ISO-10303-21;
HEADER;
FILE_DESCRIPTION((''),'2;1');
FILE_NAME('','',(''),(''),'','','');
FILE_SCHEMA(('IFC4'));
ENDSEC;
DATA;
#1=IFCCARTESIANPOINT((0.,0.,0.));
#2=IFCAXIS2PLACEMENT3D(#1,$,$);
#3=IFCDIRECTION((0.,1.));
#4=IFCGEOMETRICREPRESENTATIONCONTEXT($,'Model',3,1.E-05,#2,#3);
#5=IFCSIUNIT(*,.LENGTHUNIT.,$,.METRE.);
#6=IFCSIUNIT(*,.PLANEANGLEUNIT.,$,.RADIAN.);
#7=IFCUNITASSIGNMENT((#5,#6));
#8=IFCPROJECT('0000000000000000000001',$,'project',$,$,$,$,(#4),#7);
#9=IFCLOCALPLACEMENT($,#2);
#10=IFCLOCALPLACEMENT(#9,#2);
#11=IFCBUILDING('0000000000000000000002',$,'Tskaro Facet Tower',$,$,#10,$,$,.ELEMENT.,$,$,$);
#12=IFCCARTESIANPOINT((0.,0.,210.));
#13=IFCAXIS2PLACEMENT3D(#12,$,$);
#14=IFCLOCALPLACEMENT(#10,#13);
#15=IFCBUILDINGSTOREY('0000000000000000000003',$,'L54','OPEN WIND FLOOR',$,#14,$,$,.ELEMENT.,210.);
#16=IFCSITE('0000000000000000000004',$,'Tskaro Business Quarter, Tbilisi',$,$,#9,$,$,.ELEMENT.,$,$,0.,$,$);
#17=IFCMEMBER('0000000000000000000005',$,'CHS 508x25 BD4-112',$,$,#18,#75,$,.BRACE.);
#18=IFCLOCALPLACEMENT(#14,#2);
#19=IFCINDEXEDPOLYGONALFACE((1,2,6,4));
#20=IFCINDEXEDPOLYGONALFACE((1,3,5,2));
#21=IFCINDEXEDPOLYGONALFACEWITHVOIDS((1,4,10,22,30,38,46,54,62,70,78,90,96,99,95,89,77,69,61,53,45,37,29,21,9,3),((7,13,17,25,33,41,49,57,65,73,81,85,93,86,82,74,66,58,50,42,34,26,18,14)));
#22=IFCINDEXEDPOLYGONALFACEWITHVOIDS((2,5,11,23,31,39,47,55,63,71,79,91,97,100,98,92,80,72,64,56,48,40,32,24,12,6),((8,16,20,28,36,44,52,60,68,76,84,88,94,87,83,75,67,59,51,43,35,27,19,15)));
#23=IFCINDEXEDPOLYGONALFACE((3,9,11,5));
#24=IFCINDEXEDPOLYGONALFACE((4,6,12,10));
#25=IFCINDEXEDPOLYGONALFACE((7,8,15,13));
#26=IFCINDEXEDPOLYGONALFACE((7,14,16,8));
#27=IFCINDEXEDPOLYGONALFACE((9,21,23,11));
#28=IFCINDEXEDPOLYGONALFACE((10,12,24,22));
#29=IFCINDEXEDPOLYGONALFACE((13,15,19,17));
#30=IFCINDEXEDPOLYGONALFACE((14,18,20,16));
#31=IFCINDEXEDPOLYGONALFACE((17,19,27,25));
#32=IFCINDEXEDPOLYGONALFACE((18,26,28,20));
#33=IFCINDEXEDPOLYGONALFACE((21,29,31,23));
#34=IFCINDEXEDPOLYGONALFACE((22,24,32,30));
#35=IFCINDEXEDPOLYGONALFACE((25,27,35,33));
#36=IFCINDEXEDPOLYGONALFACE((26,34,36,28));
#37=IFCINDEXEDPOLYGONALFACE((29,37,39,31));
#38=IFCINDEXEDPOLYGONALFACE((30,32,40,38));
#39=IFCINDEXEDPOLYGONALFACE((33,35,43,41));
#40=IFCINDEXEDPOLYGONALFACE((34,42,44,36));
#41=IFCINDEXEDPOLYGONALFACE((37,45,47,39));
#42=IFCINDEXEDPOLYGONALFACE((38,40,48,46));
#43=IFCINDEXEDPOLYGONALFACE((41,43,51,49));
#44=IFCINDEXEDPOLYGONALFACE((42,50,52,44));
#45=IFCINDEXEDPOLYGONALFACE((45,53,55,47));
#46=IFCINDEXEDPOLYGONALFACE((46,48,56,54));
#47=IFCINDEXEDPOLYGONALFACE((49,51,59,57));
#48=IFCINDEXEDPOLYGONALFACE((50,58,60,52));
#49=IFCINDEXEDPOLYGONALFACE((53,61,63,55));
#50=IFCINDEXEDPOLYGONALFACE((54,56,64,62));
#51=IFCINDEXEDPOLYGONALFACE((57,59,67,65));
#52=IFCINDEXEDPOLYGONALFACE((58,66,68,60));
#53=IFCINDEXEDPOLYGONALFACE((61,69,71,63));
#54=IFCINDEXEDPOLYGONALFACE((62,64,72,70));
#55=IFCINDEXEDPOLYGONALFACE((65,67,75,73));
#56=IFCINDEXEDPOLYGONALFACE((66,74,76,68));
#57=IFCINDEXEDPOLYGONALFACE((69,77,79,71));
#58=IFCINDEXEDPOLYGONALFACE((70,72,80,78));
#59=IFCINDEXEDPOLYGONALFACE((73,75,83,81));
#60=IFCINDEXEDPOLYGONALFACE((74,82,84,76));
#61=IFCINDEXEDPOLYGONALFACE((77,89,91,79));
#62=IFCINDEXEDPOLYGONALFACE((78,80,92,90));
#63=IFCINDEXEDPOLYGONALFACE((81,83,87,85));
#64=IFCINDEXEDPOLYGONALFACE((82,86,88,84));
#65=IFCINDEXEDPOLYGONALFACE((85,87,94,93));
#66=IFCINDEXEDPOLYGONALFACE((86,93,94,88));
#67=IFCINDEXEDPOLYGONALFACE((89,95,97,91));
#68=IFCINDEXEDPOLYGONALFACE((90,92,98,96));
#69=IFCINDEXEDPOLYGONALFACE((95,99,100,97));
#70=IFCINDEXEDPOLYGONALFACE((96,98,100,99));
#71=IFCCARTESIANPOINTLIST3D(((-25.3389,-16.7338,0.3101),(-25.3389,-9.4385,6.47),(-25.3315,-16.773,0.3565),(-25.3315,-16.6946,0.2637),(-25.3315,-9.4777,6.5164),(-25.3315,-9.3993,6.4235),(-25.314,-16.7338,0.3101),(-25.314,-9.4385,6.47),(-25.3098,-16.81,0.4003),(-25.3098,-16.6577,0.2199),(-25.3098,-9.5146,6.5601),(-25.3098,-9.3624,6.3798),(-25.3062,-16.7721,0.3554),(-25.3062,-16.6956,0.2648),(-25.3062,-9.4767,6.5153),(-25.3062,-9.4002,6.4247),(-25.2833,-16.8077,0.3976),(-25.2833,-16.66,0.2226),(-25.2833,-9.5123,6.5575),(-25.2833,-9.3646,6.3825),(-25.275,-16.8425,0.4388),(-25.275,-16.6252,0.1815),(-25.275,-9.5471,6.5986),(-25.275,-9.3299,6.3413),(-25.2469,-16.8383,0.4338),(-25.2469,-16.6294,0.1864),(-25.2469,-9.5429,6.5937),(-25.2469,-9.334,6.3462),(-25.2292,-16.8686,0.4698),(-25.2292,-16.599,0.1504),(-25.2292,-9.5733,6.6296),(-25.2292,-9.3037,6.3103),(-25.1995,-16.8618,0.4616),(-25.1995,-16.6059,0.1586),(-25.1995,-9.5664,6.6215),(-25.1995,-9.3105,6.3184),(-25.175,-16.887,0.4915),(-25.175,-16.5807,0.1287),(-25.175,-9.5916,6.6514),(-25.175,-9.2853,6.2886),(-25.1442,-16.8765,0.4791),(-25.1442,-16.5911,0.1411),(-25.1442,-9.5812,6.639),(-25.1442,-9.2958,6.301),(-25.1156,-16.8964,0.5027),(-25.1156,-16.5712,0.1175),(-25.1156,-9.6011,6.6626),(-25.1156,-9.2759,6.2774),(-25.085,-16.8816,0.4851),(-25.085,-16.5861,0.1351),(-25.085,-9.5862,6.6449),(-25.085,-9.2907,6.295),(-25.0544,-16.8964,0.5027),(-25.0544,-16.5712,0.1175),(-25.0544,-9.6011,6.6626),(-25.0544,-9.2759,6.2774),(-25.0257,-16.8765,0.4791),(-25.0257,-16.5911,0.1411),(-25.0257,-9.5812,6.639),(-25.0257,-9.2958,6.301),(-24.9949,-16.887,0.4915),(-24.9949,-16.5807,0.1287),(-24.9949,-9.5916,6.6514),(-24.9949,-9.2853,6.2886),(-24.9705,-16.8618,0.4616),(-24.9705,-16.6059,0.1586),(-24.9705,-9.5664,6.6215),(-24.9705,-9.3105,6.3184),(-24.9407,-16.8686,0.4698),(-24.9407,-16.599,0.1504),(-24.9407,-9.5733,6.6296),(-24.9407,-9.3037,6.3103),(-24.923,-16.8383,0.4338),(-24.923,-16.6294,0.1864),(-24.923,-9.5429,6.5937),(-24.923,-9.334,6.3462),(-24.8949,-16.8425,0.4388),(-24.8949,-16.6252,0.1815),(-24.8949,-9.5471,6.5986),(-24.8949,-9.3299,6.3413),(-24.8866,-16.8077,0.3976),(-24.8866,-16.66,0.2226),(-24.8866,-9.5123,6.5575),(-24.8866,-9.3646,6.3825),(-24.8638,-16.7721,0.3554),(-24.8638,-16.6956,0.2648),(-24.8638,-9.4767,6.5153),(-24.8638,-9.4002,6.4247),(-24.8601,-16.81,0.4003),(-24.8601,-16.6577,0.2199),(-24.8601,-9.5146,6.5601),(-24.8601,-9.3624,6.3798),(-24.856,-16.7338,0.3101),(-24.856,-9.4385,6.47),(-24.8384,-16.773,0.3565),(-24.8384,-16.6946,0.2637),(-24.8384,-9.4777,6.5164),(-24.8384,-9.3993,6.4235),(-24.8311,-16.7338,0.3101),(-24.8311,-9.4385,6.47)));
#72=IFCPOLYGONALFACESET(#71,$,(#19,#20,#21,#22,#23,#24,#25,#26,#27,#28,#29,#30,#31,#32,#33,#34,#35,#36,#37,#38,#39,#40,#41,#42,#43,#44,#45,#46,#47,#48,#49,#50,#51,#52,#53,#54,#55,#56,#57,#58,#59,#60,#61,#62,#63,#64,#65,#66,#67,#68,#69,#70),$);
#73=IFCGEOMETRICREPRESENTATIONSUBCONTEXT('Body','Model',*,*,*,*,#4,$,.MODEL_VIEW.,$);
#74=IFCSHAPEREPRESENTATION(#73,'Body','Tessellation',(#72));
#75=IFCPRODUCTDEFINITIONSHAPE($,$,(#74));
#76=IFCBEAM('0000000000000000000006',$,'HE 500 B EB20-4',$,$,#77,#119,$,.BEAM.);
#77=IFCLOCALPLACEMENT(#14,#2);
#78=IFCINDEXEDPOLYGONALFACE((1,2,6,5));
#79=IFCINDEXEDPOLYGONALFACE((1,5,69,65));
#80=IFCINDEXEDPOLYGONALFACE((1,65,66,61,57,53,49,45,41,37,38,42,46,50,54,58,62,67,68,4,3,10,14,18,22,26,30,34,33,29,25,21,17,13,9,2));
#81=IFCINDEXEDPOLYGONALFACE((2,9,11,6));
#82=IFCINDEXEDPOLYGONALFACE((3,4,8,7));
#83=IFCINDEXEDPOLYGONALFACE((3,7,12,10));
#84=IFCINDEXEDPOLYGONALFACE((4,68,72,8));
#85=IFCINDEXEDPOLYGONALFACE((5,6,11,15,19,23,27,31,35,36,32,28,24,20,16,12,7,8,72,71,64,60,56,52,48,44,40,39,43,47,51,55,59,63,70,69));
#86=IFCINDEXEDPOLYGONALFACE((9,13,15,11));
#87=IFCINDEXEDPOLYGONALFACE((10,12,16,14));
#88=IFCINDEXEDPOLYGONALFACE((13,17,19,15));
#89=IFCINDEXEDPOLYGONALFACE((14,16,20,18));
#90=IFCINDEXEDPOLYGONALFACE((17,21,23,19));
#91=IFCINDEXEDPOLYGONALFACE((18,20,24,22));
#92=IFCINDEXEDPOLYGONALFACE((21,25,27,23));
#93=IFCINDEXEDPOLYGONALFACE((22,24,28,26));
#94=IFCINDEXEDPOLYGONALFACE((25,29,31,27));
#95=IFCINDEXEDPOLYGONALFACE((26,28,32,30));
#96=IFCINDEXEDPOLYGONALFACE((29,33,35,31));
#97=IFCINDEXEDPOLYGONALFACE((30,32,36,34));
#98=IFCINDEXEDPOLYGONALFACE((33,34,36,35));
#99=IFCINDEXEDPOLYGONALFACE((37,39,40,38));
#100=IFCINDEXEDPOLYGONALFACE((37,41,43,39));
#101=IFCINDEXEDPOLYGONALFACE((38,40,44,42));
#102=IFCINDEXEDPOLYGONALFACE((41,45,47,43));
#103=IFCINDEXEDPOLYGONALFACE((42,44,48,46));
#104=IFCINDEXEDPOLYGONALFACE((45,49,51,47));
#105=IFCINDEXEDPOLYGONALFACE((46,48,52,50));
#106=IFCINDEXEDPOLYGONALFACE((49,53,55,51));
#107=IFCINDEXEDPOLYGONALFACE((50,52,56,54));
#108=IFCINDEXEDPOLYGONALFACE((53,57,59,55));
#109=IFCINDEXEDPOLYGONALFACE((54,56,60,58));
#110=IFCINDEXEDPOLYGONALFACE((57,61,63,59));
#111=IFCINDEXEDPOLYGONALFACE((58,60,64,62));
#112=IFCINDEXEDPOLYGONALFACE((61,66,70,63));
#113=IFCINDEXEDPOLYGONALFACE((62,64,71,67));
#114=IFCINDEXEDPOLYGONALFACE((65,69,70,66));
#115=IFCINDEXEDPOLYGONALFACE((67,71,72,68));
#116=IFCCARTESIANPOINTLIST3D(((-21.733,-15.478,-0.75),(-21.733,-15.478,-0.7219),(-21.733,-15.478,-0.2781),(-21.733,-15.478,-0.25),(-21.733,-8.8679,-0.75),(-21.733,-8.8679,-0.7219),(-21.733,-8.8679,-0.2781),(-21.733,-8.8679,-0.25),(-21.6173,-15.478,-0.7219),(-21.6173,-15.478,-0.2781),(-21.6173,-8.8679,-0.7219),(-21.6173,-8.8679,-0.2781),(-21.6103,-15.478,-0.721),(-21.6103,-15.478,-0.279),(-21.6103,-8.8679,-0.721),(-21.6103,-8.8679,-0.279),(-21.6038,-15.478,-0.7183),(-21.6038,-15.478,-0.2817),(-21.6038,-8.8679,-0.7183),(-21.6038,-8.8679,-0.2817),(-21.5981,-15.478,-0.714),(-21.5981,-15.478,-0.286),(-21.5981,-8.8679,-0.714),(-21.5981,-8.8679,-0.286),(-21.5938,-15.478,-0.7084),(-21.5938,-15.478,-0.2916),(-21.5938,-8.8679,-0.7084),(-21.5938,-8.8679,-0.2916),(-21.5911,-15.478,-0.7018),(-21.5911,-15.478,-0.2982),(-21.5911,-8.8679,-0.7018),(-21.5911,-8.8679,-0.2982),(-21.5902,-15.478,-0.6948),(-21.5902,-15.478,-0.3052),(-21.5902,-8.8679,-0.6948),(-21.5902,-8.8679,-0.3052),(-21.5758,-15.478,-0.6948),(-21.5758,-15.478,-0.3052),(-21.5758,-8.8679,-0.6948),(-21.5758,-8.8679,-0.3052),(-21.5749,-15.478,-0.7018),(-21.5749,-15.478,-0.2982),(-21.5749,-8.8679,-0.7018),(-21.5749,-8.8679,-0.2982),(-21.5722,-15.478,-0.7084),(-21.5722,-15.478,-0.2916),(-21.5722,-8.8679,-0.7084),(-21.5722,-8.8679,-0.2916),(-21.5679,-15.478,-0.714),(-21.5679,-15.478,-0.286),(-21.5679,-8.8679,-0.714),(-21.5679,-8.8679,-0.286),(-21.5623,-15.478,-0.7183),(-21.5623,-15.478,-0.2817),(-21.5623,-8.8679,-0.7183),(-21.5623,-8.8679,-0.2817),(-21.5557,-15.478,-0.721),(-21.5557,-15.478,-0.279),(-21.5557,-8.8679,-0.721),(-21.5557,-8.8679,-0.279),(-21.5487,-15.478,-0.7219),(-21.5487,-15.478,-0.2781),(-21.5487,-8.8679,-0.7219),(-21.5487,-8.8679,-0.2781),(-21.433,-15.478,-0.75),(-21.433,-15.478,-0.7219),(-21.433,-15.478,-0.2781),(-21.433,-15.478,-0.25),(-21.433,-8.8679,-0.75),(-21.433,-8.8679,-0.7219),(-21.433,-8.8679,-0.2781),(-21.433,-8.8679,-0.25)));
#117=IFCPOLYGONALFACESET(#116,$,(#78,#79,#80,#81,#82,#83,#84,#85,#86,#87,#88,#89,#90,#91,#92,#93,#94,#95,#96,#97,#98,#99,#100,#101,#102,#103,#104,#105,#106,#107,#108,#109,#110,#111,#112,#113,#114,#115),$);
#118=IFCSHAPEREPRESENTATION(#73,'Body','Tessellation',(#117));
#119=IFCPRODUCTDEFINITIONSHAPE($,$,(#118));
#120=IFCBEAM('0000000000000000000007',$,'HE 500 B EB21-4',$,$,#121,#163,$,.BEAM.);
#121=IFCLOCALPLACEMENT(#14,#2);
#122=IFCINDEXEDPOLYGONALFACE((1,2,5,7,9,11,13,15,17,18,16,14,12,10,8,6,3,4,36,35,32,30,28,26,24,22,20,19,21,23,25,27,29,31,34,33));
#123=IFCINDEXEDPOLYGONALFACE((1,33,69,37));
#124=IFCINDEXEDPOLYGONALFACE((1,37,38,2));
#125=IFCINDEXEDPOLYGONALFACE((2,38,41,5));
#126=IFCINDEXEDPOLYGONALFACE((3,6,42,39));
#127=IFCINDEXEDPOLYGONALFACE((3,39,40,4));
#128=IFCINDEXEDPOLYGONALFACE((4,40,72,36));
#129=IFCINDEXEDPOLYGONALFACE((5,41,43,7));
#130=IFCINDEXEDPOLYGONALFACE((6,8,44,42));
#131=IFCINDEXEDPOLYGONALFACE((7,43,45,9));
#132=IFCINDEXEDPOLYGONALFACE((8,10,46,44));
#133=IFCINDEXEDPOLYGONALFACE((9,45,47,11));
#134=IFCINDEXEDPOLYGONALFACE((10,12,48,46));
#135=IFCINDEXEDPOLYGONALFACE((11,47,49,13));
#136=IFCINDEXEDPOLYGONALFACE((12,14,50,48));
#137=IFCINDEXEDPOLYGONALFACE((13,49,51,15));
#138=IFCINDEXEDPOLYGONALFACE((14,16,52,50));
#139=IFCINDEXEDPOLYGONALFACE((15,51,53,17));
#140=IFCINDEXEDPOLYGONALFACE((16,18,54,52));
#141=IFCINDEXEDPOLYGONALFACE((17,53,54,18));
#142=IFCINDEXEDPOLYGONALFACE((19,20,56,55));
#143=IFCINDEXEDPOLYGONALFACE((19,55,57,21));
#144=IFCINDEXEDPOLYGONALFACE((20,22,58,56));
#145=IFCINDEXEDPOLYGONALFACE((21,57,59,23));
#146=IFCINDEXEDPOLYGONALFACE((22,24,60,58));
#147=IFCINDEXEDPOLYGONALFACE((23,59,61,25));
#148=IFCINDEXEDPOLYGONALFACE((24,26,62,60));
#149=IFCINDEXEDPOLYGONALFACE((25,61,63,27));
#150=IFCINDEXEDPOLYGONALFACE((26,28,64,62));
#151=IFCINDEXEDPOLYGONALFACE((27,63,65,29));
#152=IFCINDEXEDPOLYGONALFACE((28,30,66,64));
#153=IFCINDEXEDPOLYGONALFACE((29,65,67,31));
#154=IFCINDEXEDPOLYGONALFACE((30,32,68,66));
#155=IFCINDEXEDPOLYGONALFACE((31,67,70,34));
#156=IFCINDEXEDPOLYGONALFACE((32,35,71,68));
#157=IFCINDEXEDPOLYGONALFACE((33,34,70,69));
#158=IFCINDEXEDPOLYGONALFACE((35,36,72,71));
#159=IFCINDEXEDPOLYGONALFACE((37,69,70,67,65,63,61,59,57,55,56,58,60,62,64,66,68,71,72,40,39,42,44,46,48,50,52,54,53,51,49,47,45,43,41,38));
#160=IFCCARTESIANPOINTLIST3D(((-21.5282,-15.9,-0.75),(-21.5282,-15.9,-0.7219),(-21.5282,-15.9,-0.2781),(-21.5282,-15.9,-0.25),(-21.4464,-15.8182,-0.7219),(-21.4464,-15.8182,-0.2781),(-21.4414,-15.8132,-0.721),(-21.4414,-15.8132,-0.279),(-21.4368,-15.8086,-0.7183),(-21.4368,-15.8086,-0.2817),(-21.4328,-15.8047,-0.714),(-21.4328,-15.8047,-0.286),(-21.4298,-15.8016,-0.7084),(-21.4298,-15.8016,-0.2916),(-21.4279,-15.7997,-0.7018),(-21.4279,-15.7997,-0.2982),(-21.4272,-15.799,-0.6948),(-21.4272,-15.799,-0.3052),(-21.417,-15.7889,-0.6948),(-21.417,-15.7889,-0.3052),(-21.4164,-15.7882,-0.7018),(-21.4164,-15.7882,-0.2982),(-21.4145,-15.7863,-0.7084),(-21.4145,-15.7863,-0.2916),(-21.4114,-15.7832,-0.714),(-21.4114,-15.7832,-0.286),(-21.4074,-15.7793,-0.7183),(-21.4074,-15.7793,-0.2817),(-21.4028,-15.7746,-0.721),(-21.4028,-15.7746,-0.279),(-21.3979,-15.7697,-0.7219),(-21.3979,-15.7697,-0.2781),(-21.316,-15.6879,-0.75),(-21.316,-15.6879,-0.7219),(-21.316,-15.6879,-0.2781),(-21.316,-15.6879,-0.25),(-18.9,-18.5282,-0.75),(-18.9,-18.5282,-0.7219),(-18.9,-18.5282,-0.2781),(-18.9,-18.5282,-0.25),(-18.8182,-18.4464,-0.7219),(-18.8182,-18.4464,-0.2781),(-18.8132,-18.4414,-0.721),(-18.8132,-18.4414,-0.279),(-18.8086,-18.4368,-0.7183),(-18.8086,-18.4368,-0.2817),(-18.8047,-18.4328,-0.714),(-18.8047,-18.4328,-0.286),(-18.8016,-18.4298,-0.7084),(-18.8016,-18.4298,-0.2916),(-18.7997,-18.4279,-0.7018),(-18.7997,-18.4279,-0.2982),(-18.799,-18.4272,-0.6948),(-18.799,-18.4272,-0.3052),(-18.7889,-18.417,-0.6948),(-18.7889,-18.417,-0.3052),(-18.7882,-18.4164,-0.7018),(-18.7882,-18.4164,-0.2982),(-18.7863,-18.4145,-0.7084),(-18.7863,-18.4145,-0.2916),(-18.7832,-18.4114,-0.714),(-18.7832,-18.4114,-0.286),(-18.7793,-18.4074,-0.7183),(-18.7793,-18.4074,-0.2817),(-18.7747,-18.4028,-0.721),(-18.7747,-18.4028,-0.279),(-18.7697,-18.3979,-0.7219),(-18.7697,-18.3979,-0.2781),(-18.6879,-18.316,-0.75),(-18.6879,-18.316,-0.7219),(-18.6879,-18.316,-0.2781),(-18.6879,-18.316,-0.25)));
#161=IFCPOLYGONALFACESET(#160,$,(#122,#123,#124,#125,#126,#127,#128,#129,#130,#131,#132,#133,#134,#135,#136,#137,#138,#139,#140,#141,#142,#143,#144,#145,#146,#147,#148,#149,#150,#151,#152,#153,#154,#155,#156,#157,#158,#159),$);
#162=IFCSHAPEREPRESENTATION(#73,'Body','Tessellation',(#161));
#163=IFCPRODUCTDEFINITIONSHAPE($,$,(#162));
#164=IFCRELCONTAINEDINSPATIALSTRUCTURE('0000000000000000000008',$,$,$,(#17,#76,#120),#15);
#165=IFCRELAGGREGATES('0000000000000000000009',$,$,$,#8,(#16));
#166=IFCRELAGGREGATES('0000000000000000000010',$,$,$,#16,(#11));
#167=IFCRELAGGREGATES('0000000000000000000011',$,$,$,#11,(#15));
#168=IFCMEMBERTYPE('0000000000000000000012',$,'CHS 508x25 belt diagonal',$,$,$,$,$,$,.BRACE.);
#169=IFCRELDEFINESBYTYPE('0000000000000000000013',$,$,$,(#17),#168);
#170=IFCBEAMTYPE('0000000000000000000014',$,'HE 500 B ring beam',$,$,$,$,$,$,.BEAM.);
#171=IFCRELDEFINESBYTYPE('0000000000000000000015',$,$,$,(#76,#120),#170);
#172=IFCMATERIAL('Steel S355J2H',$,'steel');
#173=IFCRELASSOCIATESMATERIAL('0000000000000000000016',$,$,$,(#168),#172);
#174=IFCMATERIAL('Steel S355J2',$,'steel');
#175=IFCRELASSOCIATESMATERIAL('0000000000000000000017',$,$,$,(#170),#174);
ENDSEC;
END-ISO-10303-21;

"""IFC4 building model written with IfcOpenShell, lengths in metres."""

from ifc_helpers import new_model, si_unit, direction, frame, origin, origin_2d, place, context, subcontext, project, spatial, hollow_circle, i_section, extrude, material, material_profile, profile_set, type_object, element, save


model = new_model("IFC4")

# Units and contexts
model_context = context("Model", 3, precision=1e-05, world=origin(), true_north=direction((0.0, 1.0)))
body_context = subcontext(model_context, "Body", "Model", "MODEL_VIEW")
ifc_project = project(units=[si_unit("LENGTHUNIT", "METRE"), si_unit("PLANEANGLEUNIT", "RADIAN")], contexts=[model_context])

# Site, building, storey
site_placement = place(None, origin())
site = spatial("IfcSite", under=ifc_project, at=site_placement, Name="Tskaro Business Quarter, Tbilisi", CompositionType="ELEMENT", RefElevation=0.0)
building_placement = place(site_placement, origin())
building = spatial("IfcBuilding", under=site, at=building_placement, Name="Tskaro Facet Tower", CompositionType="ELEMENT")
storey_placement = place(building_placement, frame((0.0, 0.0, 210.0)))
storey = spatial("IfcBuildingStorey", under=building, at=storey_placement, Name="L54", Description="OPEN WIND FLOOR", CompositionType="ELEMENT", Elevation=210.0)

# Shared definitions
ifc_material_1 = material(Name="Steel S355J2H", Category="steel")

# Shared definitions
ifc_material_2 = material(Name="Steel S355J2", Category="steel")

# Member
ifc_material_profile_1 = material_profile(ifc_material_1, hollow_circle(Radius=0.2539, WallThickness=0.0249, at=origin_2d()), Name="CHS 508x25")
ifc_profile_set_1 = profile_set([ifc_material_profile_1], Name="Steel S355J2H")
member_type_1 = type_object("IfcMemberType", Name="CHS 508x25 belt diagonal", PredefinedType="BRACE", material=ifc_profile_set_1)
member_1_placement = place(storey_placement, frame((-25.085, -9.4385, 6.47), z_axis=(0.0, -0.764064, -0.645141), x_axis=(1.0, 0.0, 0.0)))
element("IfcMember", 1, at=member_1_placement, inside=storey, type_object=member_type_1, Name="CHS 508x25 BD4-112", PredefinedType="BRACE", context=body_context, shape_type="SweptSolid", body=[
    extrude(hollow_circle(Radius=0.2539, WallThickness=0.0249, at=origin_2d()), origin(), (0.0, 0.0, 1.0), 9.5481),
])

# Beams
ifc_material_profile_2 = material_profile(ifc_material_2, i_section(OverallWidth=0.3, OverallDepth=0.5, WebThickness=0.0144, FlangeThickness=0.0281, FilletRadius=0.0271, at=origin_2d()), Name="HE 500 B")
ifc_profile_set_2 = profile_set([ifc_material_profile_2], Name="Steel S355J2")
beam_type_1 = type_object("IfcBeamType", Name="HE 500 B ring beam", PredefinedType="BEAM", material=ifc_profile_set_2)
beam_1_placement = place(storey_placement, frame((-21.583, -8.8679, -0.5), z_axis=(0.0, -1.0, 0.0), x_axis=(1.0, 0.0, 0.0)))
element("IfcBeam", 2, at=beam_1_placement, inside=storey, type_object=beam_type_1, Name="HE 500 B EB20-4", PredefinedType="BEAM", context=body_context, shape_type="SweptSolid", body=[
    extrude(i_section(OverallWidth=0.3, OverallDepth=0.5, WebThickness=0.0144, FlangeThickness=0.0281, FilletRadius=0.0271, at=origin_2d()), origin(), (0.0, 0.0, 1.0), 6.6101),
])
beam_2_placement = place(storey_placement, frame((-21.4221, -15.7939, -0.5), z_axis=(0.707107, -0.707107, 0.0), x_axis=(0.707107, 0.707107, 0.0)))
element("IfcBeam", 3, at=beam_2_placement, inside=storey, type_object=beam_type_1, Name="HE 500 B EB21-4", PredefinedType="BEAM", context=body_context, shape_type="SweptSolid", body=[
    extrude(i_section(OverallWidth=0.3, OverallDepth=0.5, WebThickness=0.0144, FlangeThickness=0.0281, FilletRadius=0.0271, at=origin_2d()), origin(), (0.0, 0.0, 1.0), 3.7168),
])

save(model, "model.ifc")
